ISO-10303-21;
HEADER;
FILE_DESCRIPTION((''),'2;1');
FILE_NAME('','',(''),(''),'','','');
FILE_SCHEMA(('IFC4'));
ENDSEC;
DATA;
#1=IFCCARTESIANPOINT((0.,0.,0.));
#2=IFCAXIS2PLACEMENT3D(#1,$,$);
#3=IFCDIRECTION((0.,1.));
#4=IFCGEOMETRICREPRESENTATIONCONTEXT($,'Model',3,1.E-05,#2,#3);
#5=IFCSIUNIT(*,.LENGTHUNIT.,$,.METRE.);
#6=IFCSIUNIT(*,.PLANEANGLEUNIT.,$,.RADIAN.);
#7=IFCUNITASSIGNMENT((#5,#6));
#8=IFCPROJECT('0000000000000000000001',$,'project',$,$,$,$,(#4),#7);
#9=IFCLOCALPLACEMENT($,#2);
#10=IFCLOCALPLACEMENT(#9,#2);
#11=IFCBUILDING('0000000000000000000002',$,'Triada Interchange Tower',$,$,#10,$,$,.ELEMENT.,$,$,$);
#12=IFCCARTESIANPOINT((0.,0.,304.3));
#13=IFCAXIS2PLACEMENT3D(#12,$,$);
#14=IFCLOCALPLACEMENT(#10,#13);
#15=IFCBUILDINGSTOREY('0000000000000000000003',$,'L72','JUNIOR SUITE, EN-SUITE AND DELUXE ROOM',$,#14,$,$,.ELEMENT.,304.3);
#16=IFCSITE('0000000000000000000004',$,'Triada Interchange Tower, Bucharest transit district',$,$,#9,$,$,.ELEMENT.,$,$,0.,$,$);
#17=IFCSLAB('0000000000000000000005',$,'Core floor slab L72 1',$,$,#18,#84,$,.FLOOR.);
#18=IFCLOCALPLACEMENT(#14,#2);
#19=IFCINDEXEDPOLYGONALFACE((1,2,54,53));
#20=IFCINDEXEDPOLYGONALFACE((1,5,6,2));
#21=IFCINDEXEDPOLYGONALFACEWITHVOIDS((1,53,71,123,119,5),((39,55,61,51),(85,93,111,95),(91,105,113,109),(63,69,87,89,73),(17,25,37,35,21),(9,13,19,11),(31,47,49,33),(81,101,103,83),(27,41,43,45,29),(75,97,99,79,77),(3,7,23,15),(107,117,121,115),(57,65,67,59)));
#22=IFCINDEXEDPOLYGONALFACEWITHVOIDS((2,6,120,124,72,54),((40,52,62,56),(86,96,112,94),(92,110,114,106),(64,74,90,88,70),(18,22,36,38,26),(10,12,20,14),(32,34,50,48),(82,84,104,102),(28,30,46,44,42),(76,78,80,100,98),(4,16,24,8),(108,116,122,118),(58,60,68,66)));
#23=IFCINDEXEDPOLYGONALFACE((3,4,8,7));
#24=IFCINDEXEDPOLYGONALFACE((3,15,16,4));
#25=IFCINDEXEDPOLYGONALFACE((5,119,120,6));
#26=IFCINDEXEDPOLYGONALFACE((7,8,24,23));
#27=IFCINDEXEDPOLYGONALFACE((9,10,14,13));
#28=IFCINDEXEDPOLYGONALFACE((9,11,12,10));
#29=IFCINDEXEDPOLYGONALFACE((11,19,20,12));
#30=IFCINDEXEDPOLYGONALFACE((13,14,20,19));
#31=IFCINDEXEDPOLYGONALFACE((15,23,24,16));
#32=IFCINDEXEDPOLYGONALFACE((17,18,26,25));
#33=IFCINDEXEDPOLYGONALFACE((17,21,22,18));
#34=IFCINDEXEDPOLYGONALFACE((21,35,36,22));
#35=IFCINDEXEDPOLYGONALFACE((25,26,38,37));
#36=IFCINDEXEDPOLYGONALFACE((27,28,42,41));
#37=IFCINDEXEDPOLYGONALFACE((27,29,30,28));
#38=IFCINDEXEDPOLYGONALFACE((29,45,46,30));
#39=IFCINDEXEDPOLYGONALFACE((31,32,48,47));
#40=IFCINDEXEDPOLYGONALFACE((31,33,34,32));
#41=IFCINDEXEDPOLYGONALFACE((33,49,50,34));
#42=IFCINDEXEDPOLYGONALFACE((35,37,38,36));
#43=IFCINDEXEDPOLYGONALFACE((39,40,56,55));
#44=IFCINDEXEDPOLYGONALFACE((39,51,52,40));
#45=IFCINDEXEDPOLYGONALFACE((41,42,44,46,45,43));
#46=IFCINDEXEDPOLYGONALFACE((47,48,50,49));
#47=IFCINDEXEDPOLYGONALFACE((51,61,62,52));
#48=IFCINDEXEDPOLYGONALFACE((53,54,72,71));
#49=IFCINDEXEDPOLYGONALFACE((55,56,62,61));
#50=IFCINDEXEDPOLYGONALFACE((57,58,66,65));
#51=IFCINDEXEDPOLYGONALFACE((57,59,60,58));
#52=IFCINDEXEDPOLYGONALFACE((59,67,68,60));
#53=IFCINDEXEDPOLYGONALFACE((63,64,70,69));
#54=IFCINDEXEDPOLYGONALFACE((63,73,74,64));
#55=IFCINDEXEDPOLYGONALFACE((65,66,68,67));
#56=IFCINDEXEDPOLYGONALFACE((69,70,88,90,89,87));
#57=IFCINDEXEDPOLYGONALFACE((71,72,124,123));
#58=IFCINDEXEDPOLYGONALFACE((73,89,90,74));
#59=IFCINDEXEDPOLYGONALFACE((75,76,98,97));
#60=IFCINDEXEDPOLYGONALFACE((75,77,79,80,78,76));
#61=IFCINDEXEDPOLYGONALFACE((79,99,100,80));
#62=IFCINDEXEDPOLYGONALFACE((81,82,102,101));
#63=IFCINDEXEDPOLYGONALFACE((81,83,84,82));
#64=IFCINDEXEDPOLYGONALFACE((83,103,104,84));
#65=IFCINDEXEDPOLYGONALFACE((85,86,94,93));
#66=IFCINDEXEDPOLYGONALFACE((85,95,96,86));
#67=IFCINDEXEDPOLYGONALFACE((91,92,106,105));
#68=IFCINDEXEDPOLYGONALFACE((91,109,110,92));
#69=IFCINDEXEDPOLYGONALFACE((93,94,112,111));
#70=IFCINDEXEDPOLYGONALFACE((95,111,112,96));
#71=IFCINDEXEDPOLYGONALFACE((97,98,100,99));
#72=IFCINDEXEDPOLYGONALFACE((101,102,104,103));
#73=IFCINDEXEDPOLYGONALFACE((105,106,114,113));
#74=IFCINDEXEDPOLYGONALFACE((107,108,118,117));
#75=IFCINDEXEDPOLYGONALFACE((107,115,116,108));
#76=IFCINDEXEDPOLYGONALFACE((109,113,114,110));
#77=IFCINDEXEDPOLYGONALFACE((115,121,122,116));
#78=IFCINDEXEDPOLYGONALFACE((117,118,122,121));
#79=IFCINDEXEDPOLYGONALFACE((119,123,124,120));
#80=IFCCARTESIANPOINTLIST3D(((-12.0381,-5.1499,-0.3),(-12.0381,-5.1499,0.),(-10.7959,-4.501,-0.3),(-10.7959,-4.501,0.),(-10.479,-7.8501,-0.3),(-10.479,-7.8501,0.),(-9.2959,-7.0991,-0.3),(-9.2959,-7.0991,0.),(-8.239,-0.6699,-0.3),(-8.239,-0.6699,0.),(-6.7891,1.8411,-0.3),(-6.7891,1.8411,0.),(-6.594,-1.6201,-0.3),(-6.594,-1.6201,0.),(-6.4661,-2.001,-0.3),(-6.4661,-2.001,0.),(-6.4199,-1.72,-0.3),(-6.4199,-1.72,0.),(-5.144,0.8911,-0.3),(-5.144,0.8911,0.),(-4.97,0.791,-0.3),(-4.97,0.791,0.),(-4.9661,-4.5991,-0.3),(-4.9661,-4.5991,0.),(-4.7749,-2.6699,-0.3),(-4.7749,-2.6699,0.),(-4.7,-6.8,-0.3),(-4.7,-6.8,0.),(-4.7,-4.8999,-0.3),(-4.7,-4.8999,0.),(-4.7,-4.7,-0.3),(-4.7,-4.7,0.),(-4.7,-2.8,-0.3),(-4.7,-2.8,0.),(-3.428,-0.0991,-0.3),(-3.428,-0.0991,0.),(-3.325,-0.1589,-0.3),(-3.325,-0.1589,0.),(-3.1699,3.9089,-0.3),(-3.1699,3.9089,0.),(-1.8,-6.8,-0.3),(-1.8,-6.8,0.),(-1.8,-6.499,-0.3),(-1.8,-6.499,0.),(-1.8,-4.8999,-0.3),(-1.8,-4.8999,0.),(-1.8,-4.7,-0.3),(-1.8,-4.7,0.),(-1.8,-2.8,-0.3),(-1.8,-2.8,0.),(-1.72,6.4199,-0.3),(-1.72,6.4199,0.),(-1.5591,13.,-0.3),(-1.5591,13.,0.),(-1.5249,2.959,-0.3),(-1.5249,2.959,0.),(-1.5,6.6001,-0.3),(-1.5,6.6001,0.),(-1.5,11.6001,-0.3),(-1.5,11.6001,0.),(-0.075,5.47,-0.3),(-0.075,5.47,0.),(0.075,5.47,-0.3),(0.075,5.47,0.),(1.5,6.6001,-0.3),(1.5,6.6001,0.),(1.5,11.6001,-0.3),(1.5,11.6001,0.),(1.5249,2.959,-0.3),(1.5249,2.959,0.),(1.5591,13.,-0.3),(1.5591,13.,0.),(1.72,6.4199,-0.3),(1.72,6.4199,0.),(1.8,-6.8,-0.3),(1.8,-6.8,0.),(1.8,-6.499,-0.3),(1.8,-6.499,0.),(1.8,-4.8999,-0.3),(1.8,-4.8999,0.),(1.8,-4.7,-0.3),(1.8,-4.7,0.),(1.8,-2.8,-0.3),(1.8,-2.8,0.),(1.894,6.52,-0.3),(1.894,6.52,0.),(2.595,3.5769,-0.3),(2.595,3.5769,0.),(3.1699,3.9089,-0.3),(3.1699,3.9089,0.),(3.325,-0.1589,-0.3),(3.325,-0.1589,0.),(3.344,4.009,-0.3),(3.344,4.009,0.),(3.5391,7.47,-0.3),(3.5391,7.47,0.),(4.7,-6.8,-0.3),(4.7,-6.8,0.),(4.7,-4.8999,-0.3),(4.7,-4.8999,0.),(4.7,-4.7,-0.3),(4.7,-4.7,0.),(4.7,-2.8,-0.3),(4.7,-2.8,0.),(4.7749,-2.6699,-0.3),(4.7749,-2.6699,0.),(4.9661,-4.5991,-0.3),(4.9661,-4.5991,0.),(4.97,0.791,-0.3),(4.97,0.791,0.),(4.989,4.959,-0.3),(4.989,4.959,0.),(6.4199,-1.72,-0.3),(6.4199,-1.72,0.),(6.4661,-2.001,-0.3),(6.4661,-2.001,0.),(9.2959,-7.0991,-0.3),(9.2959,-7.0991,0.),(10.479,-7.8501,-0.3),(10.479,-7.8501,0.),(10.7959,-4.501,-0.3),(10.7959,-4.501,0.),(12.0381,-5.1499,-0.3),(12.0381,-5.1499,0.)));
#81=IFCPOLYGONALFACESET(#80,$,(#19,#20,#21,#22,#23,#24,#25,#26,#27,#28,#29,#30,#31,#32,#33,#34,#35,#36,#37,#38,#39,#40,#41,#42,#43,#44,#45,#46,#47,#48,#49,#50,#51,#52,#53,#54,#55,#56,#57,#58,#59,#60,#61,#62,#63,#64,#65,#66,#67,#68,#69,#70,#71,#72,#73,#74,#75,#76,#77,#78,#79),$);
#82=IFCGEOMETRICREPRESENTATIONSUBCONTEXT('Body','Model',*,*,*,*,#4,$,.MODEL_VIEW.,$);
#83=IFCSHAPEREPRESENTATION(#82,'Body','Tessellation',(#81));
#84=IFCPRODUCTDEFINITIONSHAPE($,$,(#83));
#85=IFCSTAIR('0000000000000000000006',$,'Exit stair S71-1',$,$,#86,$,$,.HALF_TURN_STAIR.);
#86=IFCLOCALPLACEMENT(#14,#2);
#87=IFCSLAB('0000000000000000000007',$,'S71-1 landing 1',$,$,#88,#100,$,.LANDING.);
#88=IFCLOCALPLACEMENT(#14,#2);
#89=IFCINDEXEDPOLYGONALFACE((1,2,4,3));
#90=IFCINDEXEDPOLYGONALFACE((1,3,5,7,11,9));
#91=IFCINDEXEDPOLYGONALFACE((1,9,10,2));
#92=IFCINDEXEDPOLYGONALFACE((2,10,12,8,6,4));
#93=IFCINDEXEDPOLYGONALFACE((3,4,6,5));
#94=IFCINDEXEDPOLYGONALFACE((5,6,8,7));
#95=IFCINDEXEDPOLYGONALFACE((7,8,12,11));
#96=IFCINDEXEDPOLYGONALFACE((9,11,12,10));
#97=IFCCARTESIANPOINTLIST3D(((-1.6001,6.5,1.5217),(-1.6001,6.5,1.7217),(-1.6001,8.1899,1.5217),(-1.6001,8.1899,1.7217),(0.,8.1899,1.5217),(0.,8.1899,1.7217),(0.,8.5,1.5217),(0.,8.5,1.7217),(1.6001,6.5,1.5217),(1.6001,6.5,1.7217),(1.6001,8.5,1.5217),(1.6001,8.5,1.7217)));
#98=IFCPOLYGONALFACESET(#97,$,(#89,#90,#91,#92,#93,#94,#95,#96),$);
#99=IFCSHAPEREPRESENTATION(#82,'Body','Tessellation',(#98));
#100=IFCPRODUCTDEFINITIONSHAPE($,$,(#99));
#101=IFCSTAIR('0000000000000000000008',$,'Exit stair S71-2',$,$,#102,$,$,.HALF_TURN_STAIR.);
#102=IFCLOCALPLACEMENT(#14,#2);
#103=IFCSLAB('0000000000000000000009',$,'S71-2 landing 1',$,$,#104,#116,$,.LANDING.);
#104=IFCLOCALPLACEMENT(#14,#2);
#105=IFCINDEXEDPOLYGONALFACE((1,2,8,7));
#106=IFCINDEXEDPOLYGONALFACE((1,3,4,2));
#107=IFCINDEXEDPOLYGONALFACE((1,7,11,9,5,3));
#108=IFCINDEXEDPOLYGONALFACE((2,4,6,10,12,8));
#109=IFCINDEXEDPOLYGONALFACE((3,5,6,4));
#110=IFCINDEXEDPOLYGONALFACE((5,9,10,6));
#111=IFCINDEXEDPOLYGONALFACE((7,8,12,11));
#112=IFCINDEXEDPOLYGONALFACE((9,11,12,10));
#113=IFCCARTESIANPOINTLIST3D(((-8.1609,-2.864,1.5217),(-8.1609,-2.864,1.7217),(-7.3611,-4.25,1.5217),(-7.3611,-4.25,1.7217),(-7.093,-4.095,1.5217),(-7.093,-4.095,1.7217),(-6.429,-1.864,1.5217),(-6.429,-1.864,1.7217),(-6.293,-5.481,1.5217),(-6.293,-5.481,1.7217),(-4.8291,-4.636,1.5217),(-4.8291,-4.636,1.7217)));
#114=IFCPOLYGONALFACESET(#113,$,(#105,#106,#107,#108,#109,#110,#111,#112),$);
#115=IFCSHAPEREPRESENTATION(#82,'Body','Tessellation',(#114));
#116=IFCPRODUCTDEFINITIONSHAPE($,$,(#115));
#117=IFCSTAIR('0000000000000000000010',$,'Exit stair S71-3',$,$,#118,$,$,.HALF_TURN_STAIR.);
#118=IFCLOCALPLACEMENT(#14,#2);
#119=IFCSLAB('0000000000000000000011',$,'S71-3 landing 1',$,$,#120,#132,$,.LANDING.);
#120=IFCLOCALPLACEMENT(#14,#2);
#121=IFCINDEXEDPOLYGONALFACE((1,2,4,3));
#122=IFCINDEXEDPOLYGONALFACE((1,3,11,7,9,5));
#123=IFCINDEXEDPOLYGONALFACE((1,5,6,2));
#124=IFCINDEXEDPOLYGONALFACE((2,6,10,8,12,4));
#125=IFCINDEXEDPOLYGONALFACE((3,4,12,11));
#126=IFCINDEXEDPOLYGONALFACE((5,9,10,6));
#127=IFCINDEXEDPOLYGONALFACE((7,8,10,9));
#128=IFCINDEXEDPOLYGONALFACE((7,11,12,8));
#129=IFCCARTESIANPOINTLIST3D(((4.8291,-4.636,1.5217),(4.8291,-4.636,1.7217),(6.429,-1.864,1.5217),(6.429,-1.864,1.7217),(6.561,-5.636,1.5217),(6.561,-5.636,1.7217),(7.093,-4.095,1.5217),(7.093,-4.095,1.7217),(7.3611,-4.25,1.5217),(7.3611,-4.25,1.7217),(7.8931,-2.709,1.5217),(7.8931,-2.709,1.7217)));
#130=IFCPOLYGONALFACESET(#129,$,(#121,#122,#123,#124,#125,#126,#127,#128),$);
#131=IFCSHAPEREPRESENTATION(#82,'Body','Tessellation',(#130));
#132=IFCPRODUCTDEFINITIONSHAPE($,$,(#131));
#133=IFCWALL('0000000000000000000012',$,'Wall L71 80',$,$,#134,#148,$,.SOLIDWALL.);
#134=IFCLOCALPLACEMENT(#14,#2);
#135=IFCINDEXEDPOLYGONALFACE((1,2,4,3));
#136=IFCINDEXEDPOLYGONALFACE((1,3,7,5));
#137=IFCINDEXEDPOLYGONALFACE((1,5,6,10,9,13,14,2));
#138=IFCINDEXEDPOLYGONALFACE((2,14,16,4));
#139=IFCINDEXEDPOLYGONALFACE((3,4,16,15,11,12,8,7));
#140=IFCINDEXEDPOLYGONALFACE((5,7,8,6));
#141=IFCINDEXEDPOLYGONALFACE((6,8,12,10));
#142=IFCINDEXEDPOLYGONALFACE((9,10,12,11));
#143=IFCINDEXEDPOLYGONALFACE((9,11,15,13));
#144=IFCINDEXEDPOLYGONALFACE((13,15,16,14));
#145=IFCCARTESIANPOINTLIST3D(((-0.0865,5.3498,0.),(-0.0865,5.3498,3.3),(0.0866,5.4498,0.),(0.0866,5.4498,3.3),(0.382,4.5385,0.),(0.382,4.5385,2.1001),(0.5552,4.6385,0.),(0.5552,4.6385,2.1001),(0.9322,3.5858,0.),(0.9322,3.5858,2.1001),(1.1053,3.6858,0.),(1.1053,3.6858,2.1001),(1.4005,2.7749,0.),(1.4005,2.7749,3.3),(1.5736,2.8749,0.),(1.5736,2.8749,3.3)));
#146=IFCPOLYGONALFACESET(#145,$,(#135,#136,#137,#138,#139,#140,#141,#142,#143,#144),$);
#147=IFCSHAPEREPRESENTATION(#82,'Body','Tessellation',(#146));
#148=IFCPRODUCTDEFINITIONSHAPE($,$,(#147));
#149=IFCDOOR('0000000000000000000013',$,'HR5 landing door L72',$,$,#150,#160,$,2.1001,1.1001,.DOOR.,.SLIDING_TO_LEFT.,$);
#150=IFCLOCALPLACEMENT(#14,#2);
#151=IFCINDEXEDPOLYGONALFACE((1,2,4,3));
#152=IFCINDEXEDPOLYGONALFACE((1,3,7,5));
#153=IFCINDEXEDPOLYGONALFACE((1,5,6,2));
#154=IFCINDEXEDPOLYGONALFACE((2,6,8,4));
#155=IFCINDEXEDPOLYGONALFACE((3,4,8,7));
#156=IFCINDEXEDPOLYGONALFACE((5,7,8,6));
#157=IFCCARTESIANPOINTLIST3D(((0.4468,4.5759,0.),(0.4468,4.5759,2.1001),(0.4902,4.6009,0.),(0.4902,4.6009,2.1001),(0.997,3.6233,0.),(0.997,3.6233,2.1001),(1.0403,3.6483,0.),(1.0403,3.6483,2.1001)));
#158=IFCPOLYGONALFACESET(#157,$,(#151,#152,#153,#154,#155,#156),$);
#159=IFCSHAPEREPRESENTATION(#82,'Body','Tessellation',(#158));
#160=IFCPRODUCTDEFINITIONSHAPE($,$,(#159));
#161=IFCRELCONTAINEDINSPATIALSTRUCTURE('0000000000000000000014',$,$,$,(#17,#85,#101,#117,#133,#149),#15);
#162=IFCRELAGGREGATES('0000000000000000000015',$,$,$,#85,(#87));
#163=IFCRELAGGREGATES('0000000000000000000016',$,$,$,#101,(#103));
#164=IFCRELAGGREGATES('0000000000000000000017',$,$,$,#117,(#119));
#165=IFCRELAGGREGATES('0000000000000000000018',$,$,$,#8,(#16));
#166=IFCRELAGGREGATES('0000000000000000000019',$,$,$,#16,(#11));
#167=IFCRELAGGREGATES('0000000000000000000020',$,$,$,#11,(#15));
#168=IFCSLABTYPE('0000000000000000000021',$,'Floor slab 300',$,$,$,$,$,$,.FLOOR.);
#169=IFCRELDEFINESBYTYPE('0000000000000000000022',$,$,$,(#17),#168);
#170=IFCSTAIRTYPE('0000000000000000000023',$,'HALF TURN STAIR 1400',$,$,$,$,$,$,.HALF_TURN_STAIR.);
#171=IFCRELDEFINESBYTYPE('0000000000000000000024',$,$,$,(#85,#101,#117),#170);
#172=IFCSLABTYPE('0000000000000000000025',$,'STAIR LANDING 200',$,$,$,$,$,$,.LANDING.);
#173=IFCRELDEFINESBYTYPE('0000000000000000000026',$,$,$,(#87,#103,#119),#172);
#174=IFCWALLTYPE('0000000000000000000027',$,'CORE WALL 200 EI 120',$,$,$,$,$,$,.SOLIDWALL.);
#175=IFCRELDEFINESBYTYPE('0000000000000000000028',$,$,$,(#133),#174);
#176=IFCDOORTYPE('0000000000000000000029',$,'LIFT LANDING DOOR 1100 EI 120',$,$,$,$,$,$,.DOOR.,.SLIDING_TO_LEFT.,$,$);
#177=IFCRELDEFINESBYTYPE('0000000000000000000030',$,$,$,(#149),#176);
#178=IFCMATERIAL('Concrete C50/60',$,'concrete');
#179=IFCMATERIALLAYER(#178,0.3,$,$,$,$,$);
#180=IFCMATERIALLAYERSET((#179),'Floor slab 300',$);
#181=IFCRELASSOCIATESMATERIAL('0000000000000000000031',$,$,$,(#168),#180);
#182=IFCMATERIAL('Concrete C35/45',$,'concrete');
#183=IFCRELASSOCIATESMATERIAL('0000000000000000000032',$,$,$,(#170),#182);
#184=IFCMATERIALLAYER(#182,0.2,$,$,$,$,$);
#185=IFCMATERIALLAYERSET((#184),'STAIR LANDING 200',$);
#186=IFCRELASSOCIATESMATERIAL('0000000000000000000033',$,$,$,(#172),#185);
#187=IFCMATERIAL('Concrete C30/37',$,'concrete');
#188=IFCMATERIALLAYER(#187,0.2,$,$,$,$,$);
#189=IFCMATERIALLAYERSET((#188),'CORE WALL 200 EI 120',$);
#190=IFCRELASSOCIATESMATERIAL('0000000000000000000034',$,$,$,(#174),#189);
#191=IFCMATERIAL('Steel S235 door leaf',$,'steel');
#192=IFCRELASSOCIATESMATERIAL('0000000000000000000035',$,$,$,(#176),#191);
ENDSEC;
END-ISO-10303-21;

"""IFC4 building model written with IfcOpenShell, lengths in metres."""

from ifc_helpers import new_model, si_unit, direction, frame, frame_2d, origin, place, context, subcontext, project, spatial, polyline, rectangle, outline, extrude, material, layer, layer_set, type_object, element, fill, aggregate, save


model = new_model("IFC4")

# Units and contexts
model_context = context("Model", 3, precision=1e-05, world=origin(), true_north=direction((0.0, 1.0)))
body_context = subcontext(model_context, "Body", "Model", "MODEL_VIEW")
ifc_project = project(units=[si_unit("LENGTHUNIT", "METRE"), si_unit("PLANEANGLEUNIT", "RADIAN")], contexts=[model_context])

# Site, building, storey
site_placement = place(None, origin())
site = spatial("IfcSite", under=ifc_project, at=site_placement, Name="Triada Interchange Tower, Bucharest transit district", CompositionType="ELEMENT", RefElevation=0.0)
building_placement = place(site_placement, origin())
building = spatial("IfcBuilding", under=site, at=building_placement, Name="Triada Interchange Tower", CompositionType="ELEMENT")
storey_placement = place(building_placement, frame((0.0, 0.0, 304.3)))
storey = spatial("IfcBuildingStorey", under=building, at=storey_placement, Name="L72", Description="JUNIOR SUITE, EN-SUITE AND DELUXE ROOM", CompositionType="ELEMENT", Elevation=304.3)

# Slab
ifc_material_1 = material(Name="Concrete C50/60", Category="concrete")
ifc_layer_1 = layer(ifc_material_1, 0.3)
ifc_layer_set_1 = layer_set([ifc_layer_1], Name="Floor slab 300")
slab_type_1 = type_object("IfcSlabType", Name="Floor slab 300", PredefinedType="FLOOR", material=ifc_layer_set_1)
slab_1_placement = place(storey_placement, frame((0.0, 0.0, -0.3)))
element("IfcSlab", 1, at=slab_1_placement, inside=storey, type_object=slab_type_1, Name="Core floor slab L72 1", PredefinedType="FLOOR", context=body_context, shape_type="SweptSolid", body=[
    extrude(outline(polyline([(12.0381, -5.1499), (10.479, -7.8501), (-10.479, -7.8501), (-12.0381, -5.1499), (-1.5591, 13.0), (1.5591, 13.0), (12.0381, -5.1499)]), holes=[polyline([(9.2959, -7.0991), (10.7959, -4.501), (6.4661, -2.001), (4.9661, -4.5991), (9.2959, -7.0991)]), polyline([(4.97, 0.791), (3.325, -0.1589), (4.7749, -2.6699), (6.4199, -1.72), (4.97, 0.791)]), polyline([(1.894, 6.52), (3.344, 4.009), (4.989, 4.959), (3.5391, 7.47), (1.894, 6.52)]), polyline([(1.8, -4.8999), (1.8, -6.499), (1.8, -6.8), (4.7, -6.8), (4.7, -4.8999), (1.8, -4.8999)]), polyline([(4.7, -2.8), (1.8, -2.8), (1.8, -4.7), (4.7, -4.7), (4.7, -2.8)]), polyline([(1.5249, 2.959), (2.595, 3.5769), (3.1699, 3.9089), (1.72, 6.4199), (0.075, 5.47), (1.5249, 2.959)]), polyline([(-1.5, 11.6001), (-1.5, 6.6001), (1.5, 6.6001), (1.5, 11.6001), (-1.5, 11.6001)]), polyline([(-1.5249, 2.959), (-0.075, 5.47), (-1.72, 6.4199), (-3.1699, 3.9089), (-1.5249, 2.959)]), polyline([(-1.8, -2.8), (-4.7, -2.8), (-4.7, -4.7), (-1.8, -4.7), (-1.8, -2.8)]), polyline([(-4.7, -6.8), (-1.8, -6.8), (-1.8, -6.499), (-1.8, -4.8999), (-4.7, -4.8999), (-4.7, -6.8)]), polyline([(-3.428, -0.0991), (-4.97, 0.791), (-6.4199, -1.72), (-4.7749, -2.6699), (-3.325, -0.1589), (-3.428, -0.0991)]), polyline([(-10.7959, -4.501), (-9.2959, -7.0991), (-4.9661, -4.5991), (-6.4661, -2.001), (-10.7959, -4.501)]), polyline([(-6.594, -1.6201), (-5.144, 0.8911), (-6.7891, 1.8411), (-8.239, -0.6699), (-6.594, -1.6201)])]), origin(), (0.0, 0.0, 1.0), 0.3),
])

# Stairs, slabs
ifc_material_2 = material(Name="Concrete C35/45", Category="concrete")
stair_type = type_object("IfcStairType", Name="HALF TURN STAIR 1400", PredefinedType="HALF_TURN_STAIR", material=ifc_material_2)
stair_1_placement = place(storey_placement, origin())
stair_1 = element("IfcStair", 2, at=stair_1_placement, inside=storey, type_object=stair_type, Name="Exit stair S71-1", PredefinedType="HALF_TURN_STAIR")
ifc_layer_2 = layer(ifc_material_2, 0.2)
ifc_layer_set_2 = layer_set([ifc_layer_2], Name="STAIR LANDING 200")
slab_type_2 = type_object("IfcSlabType", Name="STAIR LANDING 200", PredefinedType="LANDING", material=ifc_layer_set_2)
slab_2_placement = place(storey_placement, frame((0.0, 0.0, 1.5217)))
slab_2 = element("IfcSlab", 3, at=slab_2_placement, type_object=slab_type_2, Name="S71-1 landing 1", PredefinedType="LANDING", context=body_context, shape_type="SweptSolid", body=[
    extrude(outline(polyline([(1.6001, 6.5), (1.6001, 8.5), (0.0, 8.5), (0.0, 8.1899), (-1.6001, 8.1899), (-1.6001, 6.5), (1.6001, 6.5)])), origin(), (0.0, 0.0, 1.0), 0.2),
])
aggregate(stair_1, [slab_2])
stair_2_placement = place(storey_placement, origin())
stair_2 = element("IfcStair", 4, at=stair_2_placement, inside=storey, type_object=stair_type, Name="Exit stair S71-2", PredefinedType="HALF_TURN_STAIR")
slab_3_placement = place(storey_placement, frame((0.0, 0.0, 1.5217)))
slab_3 = element("IfcSlab", 5, at=slab_3_placement, type_object=slab_type_2, Name="S71-2 landing 1", PredefinedType="LANDING", context=body_context, shape_type="SweptSolid", body=[
    extrude(outline(polyline([(-6.429, -1.864), (-8.1609, -2.864), (-7.3611, -4.25), (-7.093, -4.095), (-6.293, -5.481), (-4.8291, -4.636), (-6.429, -1.864)])), origin(), (0.0, 0.0, 1.0), 0.2),
])
aggregate(stair_2, [slab_3])
stair_3_placement = place(storey_placement, origin())
stair_3 = element("IfcStair", 6, at=stair_3_placement, inside=storey, type_object=stair_type, Name="Exit stair S71-3", PredefinedType="HALF_TURN_STAIR")
slab_4_placement = place(storey_placement, frame((0.0, 0.0, 1.5217)))
slab_4 = element("IfcSlab", 7, at=slab_4_placement, type_object=slab_type_2, Name="S71-3 landing 1", PredefinedType="LANDING", context=body_context, shape_type="SweptSolid", body=[
    extrude(outline(polyline([(4.8291, -4.636), (6.561, -5.636), (7.3611, -4.25), (7.093, -4.095), (7.8931, -2.709), (6.429, -1.864), (4.8291, -4.636)])), origin(), (0.0, 0.0, 1.0), 0.2),
])
aggregate(stair_3, [slab_4])

# Wall, opening, door
ifc_material_3 = material(Name="Concrete C30/37", Category="concrete")
ifc_layer_3 = layer(ifc_material_3, 0.2)
ifc_layer_set_3 = layer_set([ifc_layer_3], Name="CORE WALL 200 EI 120")
wall_type_1 = type_object("IfcWallType", Name="CORE WALL 200 EI 120", PredefinedType="SOLIDWALL", material=ifc_layer_set_3)
wall_1_placement = place(storey_placement, frame((0.0, 5.3999, 0.0), z_axis=(0.0, 0.0, 1.0), x_axis=(0.500104, -0.865965, 0.0)))
wall_1 = element("IfcWall", 8, at=wall_1_placement, inside=storey, type_object=wall_type_1, Name="Wall L71 80", PredefinedType="SOLIDWALL", context=body_context, shape_type="SweptSolid", body=[
    extrude(rectangle(XDim=2.9734, YDim=0.2, at=frame_2d((1.4868, 0.0))), origin(), (0.0, 0.0, 1.0), 3.3),
])
opening_1_placement = place(wall_1_placement, frame((0.937, 0.0, 0.0)))
opening_1 = element("IfcOpeningElement", 9, at=opening_1_placement, cuts=wall_1, PredefinedType="OPENING", context=body_context, shape_type="SweptSolid", body=[
    extrude(rectangle(XDim=1.1001, YDim=2.1001, at=frame_2d((0.55, 1.05))), frame((0.0, 0.1099, 0.0), z_axis=(0.0, -1.0, 0.0), x_axis=(1.0, 0.0, 0.0)), (0.0, 0.0, 1.0), 0.22),
])
ifc_material_4 = material(Name="Steel S235 door leaf", Category="steel")
door_type = type_object("IfcDoorType", Name="LIFT LANDING DOOR 1100 EI 120", OperationType="SLIDING_TO_LEFT", PredefinedType="DOOR", material=ifc_material_4)
door_1_placement = place(opening_1_placement, origin())
door_1 = element("IfcDoor", 10, at=door_1_placement, inside=storey, type_object=door_type, Name="HR5 landing door L72", OperationType="SLIDING_TO_LEFT", OverallHeight=2.1001, OverallWidth=1.1001, PredefinedType="DOOR", context=body_context, shape_type="SweptSolid", body=[
    extrude(rectangle(XDim=1.1001, YDim=2.1001, at=frame_2d((0.55, 1.05))), frame((0.0, 0.0249, 0.0), z_axis=(0.0, -1.0, 0.0), x_axis=(1.0, 0.0, 0.0)), (0.0, 0.0, 1.0), 0.05),
])
fill(opening_1, door_1)

save(model, "model.ifc")
